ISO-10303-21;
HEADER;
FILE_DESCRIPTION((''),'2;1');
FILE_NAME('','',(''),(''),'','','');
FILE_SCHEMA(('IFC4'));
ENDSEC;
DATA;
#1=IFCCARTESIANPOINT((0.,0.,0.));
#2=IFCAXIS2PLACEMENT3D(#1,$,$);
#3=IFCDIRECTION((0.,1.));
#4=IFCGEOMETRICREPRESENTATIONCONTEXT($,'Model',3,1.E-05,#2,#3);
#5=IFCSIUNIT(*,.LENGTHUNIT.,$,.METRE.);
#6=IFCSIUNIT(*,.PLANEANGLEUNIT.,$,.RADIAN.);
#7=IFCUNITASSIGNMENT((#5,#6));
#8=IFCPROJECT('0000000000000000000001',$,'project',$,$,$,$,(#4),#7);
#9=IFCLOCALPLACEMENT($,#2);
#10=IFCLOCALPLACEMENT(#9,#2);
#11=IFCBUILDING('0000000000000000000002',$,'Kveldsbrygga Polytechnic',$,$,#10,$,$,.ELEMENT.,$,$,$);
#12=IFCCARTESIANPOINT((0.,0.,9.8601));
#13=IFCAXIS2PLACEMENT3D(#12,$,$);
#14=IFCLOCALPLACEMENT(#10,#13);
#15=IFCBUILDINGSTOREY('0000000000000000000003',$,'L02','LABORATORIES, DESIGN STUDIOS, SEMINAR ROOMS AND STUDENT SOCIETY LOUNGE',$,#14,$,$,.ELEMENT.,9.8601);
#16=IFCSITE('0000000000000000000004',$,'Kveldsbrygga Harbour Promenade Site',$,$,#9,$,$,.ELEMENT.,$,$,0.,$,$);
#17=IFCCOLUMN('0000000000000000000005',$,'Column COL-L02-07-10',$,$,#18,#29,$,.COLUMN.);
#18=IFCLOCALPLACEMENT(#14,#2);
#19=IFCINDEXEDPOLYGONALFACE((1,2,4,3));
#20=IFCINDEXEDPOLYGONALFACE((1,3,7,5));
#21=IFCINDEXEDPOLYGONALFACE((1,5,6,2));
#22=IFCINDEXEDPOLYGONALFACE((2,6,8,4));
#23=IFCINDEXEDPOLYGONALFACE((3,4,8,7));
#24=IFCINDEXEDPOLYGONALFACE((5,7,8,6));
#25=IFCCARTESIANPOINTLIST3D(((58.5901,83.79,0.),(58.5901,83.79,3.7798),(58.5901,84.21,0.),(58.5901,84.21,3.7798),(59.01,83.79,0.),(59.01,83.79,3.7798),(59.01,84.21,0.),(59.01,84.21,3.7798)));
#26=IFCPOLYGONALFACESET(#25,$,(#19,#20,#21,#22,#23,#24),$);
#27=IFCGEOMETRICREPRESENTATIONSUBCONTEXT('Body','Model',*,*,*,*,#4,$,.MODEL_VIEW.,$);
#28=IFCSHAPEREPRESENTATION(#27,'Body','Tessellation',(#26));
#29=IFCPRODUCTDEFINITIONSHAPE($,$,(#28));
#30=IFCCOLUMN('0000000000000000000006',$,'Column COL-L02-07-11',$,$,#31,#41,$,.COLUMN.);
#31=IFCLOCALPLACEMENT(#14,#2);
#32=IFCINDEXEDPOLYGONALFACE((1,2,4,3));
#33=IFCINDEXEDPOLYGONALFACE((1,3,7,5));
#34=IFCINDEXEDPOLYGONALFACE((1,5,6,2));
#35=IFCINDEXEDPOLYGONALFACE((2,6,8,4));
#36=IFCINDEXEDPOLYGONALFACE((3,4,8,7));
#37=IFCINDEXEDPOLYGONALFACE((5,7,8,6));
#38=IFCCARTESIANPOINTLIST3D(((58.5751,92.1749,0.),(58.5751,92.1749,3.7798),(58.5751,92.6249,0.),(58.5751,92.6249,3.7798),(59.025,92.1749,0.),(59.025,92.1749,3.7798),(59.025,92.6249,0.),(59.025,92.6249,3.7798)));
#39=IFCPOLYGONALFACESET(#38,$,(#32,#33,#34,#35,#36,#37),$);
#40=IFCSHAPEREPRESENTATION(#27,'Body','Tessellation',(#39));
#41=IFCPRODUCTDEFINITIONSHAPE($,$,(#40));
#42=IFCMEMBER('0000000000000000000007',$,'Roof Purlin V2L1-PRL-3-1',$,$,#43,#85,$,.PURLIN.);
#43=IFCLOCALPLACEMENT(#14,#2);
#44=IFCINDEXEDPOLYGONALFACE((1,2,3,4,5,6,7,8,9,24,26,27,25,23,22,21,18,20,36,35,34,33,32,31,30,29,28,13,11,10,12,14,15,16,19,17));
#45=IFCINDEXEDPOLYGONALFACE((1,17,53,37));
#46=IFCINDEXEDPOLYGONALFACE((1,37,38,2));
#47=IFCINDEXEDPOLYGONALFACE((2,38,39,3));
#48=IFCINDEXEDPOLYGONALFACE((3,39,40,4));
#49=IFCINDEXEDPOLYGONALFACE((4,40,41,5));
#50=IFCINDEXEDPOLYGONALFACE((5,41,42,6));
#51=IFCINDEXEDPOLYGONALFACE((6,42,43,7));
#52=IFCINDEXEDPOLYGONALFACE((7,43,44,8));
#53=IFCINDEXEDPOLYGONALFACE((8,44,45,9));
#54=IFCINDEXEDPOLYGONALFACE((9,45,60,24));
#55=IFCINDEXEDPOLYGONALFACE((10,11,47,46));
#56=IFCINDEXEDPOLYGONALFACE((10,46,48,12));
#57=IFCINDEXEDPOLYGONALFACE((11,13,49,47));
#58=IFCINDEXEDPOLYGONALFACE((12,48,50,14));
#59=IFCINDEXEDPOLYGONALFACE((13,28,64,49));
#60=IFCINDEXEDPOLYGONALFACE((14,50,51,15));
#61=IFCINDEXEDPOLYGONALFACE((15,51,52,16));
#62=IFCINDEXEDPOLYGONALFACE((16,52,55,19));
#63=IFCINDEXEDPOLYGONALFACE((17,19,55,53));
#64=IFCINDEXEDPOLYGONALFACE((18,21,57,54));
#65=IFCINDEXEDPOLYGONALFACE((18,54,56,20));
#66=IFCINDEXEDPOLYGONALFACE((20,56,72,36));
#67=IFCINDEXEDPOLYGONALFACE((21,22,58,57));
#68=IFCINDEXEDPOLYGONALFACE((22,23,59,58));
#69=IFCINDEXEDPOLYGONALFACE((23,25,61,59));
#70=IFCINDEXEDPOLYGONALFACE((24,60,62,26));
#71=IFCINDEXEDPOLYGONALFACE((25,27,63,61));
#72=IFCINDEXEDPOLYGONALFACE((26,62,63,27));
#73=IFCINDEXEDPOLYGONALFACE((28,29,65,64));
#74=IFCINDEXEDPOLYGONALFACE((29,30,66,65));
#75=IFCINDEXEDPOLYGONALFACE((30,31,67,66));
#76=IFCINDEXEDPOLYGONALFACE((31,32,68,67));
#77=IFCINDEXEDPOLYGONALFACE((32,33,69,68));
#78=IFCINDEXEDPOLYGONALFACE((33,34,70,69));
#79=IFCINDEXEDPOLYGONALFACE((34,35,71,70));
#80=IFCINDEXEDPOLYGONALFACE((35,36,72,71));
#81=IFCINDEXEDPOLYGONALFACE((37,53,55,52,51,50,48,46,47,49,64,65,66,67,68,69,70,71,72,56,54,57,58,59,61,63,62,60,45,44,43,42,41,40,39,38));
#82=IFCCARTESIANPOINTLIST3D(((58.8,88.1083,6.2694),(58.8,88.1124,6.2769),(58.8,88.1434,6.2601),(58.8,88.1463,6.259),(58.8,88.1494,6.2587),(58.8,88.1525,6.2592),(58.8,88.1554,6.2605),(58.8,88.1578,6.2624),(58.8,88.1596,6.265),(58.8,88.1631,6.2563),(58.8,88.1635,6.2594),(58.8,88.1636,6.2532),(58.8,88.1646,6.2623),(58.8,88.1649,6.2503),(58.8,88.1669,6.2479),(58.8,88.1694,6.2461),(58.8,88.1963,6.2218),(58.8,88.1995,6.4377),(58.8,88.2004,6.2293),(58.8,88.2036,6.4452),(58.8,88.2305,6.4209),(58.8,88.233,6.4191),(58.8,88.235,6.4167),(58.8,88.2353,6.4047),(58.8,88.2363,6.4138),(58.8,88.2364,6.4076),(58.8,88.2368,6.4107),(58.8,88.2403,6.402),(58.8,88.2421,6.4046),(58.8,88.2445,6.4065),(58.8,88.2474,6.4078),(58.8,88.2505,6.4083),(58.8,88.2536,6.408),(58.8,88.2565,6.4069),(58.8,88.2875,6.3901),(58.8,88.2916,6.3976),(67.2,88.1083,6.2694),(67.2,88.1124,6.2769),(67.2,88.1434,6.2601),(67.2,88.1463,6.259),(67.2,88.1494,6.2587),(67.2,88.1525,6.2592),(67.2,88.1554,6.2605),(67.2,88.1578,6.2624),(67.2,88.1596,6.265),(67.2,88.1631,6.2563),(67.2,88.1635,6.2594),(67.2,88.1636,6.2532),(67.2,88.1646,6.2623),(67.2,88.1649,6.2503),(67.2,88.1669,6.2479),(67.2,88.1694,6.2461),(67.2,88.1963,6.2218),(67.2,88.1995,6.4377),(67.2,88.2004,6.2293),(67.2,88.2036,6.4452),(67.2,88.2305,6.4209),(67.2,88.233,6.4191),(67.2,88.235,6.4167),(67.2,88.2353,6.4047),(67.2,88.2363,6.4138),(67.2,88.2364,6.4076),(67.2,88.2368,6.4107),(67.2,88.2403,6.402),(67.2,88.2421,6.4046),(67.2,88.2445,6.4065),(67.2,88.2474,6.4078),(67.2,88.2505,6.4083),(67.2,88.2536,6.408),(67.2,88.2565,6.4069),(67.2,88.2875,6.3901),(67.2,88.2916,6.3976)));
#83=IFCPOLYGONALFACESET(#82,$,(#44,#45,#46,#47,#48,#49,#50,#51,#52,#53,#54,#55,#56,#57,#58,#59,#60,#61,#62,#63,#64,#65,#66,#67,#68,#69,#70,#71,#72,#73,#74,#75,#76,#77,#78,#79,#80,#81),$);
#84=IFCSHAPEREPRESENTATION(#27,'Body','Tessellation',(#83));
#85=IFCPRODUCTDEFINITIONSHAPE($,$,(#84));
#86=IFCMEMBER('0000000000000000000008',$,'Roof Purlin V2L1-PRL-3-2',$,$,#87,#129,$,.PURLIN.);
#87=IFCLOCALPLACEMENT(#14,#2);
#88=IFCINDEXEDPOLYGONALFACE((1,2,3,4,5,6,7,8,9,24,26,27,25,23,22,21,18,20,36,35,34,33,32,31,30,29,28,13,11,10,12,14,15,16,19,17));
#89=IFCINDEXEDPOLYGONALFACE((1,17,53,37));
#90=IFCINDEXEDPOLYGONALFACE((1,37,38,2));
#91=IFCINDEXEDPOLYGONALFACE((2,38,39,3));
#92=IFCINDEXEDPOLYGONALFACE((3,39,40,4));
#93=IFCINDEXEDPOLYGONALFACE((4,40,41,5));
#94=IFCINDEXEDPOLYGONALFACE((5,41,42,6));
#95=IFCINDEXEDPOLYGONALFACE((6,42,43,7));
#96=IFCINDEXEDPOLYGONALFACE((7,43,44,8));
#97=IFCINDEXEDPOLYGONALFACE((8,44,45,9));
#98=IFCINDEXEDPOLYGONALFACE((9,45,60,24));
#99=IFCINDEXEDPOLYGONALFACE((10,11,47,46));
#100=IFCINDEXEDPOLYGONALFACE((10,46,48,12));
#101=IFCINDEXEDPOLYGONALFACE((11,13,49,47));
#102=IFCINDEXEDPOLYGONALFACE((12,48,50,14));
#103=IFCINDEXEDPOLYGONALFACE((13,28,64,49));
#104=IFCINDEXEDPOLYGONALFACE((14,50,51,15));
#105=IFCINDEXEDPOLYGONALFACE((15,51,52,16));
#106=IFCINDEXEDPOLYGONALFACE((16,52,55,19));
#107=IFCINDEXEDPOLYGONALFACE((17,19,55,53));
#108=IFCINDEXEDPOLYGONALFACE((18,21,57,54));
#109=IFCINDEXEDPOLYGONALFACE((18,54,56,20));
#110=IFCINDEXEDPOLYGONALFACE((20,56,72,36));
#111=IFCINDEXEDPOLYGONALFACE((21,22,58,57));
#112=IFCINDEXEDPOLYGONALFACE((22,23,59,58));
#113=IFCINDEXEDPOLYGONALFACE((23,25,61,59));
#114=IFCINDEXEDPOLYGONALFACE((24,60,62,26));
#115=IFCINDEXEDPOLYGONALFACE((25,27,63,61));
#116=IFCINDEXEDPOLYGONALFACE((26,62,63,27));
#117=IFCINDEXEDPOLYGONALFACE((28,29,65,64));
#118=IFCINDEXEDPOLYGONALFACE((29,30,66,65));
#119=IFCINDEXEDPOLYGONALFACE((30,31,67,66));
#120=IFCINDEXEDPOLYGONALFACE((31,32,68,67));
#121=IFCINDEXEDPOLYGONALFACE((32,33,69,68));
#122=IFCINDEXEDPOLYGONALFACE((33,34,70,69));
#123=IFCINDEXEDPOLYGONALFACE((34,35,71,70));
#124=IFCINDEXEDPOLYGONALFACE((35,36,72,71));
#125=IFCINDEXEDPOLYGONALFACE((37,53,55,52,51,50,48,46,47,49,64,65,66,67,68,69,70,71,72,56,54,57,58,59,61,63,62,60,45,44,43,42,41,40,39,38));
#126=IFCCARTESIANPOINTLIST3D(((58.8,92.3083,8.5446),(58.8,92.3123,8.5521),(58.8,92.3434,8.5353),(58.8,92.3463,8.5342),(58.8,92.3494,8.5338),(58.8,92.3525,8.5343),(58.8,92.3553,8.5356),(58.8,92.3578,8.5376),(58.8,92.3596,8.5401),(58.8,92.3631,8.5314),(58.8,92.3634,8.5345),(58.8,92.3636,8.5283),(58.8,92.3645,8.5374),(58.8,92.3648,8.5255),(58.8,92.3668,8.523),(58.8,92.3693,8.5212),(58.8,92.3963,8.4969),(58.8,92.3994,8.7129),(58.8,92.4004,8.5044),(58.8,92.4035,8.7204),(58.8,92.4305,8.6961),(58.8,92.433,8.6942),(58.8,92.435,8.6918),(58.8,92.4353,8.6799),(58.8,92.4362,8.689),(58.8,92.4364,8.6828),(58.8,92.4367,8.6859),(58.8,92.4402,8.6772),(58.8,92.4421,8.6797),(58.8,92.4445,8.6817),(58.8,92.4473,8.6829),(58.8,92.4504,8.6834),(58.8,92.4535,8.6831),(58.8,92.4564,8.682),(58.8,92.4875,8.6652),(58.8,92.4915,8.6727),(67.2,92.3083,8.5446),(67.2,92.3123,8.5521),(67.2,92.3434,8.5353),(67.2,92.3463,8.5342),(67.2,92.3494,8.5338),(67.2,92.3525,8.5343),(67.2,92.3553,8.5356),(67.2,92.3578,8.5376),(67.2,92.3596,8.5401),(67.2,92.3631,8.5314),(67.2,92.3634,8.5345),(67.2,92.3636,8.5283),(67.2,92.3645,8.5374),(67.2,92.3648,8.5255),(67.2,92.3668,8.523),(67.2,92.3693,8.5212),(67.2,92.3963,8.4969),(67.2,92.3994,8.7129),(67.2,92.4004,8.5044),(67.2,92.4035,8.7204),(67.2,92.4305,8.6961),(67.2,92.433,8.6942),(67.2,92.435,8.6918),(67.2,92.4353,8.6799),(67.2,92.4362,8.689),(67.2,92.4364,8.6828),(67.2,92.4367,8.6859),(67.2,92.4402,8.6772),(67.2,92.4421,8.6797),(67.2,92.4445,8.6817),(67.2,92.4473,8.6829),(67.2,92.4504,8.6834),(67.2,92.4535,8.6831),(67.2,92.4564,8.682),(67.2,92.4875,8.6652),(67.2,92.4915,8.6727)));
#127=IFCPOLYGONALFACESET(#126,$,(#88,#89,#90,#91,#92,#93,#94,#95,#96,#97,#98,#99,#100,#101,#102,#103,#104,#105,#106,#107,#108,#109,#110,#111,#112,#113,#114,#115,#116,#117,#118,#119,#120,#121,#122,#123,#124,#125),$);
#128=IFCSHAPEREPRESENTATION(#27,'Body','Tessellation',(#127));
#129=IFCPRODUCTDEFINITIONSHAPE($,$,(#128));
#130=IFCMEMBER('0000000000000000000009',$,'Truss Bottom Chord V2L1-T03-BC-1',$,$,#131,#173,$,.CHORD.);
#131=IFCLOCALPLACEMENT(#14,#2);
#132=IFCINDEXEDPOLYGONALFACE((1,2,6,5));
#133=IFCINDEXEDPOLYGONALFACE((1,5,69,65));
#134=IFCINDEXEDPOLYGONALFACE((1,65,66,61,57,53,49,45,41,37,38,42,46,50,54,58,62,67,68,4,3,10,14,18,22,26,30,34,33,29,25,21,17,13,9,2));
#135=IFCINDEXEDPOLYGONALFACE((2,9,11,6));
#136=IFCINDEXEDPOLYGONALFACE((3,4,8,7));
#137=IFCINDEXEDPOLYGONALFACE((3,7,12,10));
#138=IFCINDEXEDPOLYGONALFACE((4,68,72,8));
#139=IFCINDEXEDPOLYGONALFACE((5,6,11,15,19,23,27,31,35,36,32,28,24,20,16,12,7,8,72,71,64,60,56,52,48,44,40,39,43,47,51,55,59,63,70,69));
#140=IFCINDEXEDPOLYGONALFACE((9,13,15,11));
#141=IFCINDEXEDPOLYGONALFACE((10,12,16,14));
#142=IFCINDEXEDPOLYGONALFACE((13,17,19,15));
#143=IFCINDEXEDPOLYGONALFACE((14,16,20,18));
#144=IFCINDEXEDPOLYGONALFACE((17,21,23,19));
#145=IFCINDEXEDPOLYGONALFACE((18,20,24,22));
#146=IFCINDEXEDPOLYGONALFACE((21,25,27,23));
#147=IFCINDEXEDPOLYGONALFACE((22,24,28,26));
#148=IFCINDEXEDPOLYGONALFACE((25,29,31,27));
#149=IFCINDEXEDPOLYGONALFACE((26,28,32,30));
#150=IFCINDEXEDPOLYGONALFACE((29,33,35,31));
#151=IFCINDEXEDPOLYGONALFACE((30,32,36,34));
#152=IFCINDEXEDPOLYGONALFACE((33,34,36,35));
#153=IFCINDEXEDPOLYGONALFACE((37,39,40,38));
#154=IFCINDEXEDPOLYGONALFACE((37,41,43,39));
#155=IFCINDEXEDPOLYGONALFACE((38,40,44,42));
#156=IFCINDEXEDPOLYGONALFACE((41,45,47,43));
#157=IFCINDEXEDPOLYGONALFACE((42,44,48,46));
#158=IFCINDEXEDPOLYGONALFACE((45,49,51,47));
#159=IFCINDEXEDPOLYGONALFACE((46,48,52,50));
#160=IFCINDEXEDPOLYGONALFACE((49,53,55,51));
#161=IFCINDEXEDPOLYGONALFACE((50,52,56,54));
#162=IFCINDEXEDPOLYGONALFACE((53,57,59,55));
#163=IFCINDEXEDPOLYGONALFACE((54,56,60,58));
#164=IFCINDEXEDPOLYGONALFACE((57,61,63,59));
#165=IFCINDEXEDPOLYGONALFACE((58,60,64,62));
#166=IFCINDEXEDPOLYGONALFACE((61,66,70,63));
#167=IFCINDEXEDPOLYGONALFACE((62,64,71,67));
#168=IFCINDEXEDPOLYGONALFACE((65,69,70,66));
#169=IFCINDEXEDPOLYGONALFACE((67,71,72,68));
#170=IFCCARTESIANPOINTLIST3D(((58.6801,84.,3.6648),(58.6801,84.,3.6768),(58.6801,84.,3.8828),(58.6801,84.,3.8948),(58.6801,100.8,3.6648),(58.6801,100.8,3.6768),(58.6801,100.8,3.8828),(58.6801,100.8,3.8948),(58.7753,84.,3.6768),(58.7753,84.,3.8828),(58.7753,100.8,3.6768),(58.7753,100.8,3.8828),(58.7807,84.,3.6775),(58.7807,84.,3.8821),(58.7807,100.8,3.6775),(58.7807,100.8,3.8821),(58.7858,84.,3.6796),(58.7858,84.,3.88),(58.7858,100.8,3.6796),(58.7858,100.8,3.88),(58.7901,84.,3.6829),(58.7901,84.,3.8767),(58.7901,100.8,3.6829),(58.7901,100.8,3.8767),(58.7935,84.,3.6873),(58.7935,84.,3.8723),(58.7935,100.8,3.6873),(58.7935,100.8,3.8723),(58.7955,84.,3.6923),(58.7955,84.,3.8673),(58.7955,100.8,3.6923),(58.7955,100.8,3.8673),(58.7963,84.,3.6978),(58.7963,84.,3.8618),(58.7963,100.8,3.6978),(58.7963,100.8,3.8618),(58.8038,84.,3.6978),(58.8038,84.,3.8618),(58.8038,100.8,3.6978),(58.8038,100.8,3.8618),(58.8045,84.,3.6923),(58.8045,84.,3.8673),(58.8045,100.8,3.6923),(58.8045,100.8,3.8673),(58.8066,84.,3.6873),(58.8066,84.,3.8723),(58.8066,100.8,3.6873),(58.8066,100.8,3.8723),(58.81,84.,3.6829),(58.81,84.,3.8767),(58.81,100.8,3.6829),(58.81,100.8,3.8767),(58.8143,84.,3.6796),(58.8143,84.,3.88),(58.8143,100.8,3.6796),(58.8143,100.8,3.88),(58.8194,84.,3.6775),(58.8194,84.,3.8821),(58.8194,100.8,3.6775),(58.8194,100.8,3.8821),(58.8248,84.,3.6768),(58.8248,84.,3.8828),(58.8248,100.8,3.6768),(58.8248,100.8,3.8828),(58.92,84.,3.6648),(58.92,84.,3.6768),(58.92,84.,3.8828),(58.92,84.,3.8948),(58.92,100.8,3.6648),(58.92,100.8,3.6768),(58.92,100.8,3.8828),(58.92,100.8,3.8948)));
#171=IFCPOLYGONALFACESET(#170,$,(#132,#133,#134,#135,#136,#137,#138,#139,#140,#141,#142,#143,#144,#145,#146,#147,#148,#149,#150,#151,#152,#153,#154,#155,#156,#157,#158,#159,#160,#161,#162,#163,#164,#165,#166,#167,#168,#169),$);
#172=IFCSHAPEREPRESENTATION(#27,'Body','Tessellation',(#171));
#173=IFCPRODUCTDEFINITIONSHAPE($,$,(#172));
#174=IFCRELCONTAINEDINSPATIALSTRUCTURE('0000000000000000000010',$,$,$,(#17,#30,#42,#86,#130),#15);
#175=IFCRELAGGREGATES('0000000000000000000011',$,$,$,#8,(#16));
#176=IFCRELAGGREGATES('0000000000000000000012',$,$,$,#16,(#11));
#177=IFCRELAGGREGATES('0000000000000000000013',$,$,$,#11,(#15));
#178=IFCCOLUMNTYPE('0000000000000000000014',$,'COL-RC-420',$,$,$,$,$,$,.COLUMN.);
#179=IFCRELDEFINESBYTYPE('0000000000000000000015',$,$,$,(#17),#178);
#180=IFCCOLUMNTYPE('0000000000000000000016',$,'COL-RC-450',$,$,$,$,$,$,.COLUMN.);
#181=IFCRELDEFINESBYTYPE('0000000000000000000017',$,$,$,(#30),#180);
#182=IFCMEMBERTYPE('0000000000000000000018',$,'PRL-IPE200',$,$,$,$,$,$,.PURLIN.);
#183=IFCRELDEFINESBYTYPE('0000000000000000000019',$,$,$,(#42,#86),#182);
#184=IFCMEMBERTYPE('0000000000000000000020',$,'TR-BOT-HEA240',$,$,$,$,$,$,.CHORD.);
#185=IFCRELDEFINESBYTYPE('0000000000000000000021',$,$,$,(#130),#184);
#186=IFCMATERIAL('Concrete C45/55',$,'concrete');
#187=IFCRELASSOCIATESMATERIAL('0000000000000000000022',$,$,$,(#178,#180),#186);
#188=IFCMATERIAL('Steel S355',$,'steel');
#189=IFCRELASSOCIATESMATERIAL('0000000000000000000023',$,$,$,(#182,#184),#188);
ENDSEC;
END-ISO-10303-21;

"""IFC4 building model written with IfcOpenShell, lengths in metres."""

from ifc_helpers import new_model, si_unit, direction, frame, origin, origin_2d, place, context, subcontext, project, spatial, rectangle, i_section, extrude, material, material_profile, profile_set, type_object, element, save


model = new_model("IFC4")

# Units and contexts
model_context = context("Model", 3, precision=1e-05, world=origin(), true_north=direction((0.0, 1.0)))
body_context = subcontext(model_context, "Body", "Model", "MODEL_VIEW")
ifc_project = project(units=[si_unit("LENGTHUNIT", "METRE"), si_unit("PLANEANGLEUNIT", "RADIAN")], contexts=[model_context])

# Site, building, storey
site_placement = place(None, origin())
site = spatial("IfcSite", under=ifc_project, at=site_placement, Name="Kveldsbrygga Harbour Promenade Site", CompositionType="ELEMENT", RefElevation=0.0)
building_placement = place(site_placement, origin())
building = spatial("IfcBuilding", under=site, at=building_placement, Name="Kveldsbrygga Polytechnic", CompositionType="ELEMENT")
storey_placement = place(building_placement, frame((0.0, 0.0, 9.8601)))
storey = spatial("IfcBuildingStorey", under=building, at=storey_placement, Name="L02", Description="LABORATORIES, DESIGN STUDIOS, SEMINAR ROOMS AND STUDENT SOCIETY LOUNGE", CompositionType="ELEMENT", Elevation=9.8601)

# Columns
ifc_material_1 = material(Name="Concrete C45/55", Category="concrete")
ifc_material_profile_1 = material_profile(ifc_material_1, rectangle(XDim=0.4199, YDim=0.4199, at=origin_2d()), Name="RC 420x420")
ifc_profile_set_1 = profile_set([ifc_material_profile_1], Name="Concrete C45/55")
column_type_1 = type_object("IfcColumnType", Name="COL-RC-420", PredefinedType="COLUMN", material=ifc_profile_set_1)
column_1_placement = place(storey_placement, frame((58.8, 84.0, 0.0), z_axis=(0.0, 0.0, 1.0), x_axis=(1.0, 0.0, 0.0)))
element("IfcColumn", 1, at=column_1_placement, inside=storey, type_object=column_type_1, Name="Column COL-L02-07-10", PredefinedType="COLUMN", context=body_context, shape_type="SweptSolid", body=[
    extrude(rectangle(XDim=0.4199, YDim=0.4199, at=origin_2d()), origin(), (0.0, 0.0, 1.0), 3.7798),
])
ifc_material_profile_2 = material_profile(ifc_material_1, rectangle(XDim=0.45, YDim=0.45, at=origin_2d()), Name="RC 450x450")
ifc_profile_set_2 = profile_set([ifc_material_profile_2], Name="Concrete C45/55")
column_type_2 = type_object("IfcColumnType", Name="COL-RC-450", PredefinedType="COLUMN", material=ifc_profile_set_2)
column_2_placement = place(storey_placement, frame((58.8, 92.3999, 0.0), z_axis=(0.0, 0.0, 1.0), x_axis=(1.0, 0.0, 0.0)))
element("IfcColumn", 2, at=column_2_placement, inside=storey, type_object=column_type_2, Name="Column COL-L02-07-11", PredefinedType="COLUMN", context=body_context, shape_type="SweptSolid", body=[
    extrude(rectangle(XDim=0.45, YDim=0.45, at=origin_2d()), origin(), (0.0, 0.0, 1.0), 3.7798),
])

# Members
ifc_material_2 = material(Name="Steel S355", Category="steel")
ifc_material_profile_3 = material_profile(ifc_material_2, i_section(OverallWidth=0.1001, OverallDepth=0.2, WebThickness=0.0056, FlangeThickness=0.0085, FilletRadius=0.012, at=origin_2d()), Name="IPE 200")
ifc_profile_set_3 = profile_set([ifc_material_profile_3], Name="Steel S355")
member_type_1 = type_object("IfcMemberType", Name="PRL-IPE200", PredefinedType="PURLIN", material=ifc_profile_set_3)
for number, where, z_axis, x_axis, name in (
    (3, (58.8, 88.2, 6.3335), (1.0, 0.0, 0.0), (0.0, 0.879292, -0.476283), "Roof Purlin V2L1-PRL-3-1"),
    (4, (58.8, 92.3999, 8.6086), (1.0, 0.0, 0.0), (0.0, 0.879292, -0.476283), "Roof Purlin V2L1-PRL-3-2"),
):
    element("IfcMember", number, at=place(storey_placement, frame(where, z_axis=z_axis, x_axis=x_axis)), inside=storey, type_object=member_type_1, Name=name, PredefinedType="PURLIN", context=body_context, shape_type="SweptSolid", body=[
        extrude(i_section(OverallWidth=0.1001, OverallDepth=0.2, WebThickness=0.0056, FlangeThickness=0.0085, FilletRadius=0.012, at=origin_2d()), origin(), (0.0, 0.0, 1.0), 8.3999),
    ])
ifc_material_profile_4 = material_profile(ifc_material_2, i_section(OverallWidth=0.24, OverallDepth=0.23, WebThickness=0.0076, FlangeThickness=0.012, FilletRadius=0.021, at=origin_2d()), Name="HEA 240")
ifc_profile_set_4 = profile_set([ifc_material_profile_4], Name="Steel S355")
member_type_2 = type_object("IfcMemberType", Name="TR-BOT-HEA240", PredefinedType="CHORD", material=ifc_profile_set_4)
member_1_placement = place(storey_placement, frame((58.8, 84.0, 3.7798), z_axis=(0.0, 1.0, 0.0), x_axis=(-1.0, 0.0, 0.0)))
element("IfcMember", 5, at=member_1_placement, inside=storey, type_object=member_type_2, Name="Truss Bottom Chord V2L1-T03-BC-1", PredefinedType="CHORD", context=body_context, shape_type="SweptSolid", body=[
    extrude(i_section(OverallWidth=0.24, OverallDepth=0.23, WebThickness=0.0076, FlangeThickness=0.012, FilletRadius=0.021, at=origin_2d()), origin(), (0.0, 0.0, 1.0), 16.8),
])

save(model, "model.ifc")
